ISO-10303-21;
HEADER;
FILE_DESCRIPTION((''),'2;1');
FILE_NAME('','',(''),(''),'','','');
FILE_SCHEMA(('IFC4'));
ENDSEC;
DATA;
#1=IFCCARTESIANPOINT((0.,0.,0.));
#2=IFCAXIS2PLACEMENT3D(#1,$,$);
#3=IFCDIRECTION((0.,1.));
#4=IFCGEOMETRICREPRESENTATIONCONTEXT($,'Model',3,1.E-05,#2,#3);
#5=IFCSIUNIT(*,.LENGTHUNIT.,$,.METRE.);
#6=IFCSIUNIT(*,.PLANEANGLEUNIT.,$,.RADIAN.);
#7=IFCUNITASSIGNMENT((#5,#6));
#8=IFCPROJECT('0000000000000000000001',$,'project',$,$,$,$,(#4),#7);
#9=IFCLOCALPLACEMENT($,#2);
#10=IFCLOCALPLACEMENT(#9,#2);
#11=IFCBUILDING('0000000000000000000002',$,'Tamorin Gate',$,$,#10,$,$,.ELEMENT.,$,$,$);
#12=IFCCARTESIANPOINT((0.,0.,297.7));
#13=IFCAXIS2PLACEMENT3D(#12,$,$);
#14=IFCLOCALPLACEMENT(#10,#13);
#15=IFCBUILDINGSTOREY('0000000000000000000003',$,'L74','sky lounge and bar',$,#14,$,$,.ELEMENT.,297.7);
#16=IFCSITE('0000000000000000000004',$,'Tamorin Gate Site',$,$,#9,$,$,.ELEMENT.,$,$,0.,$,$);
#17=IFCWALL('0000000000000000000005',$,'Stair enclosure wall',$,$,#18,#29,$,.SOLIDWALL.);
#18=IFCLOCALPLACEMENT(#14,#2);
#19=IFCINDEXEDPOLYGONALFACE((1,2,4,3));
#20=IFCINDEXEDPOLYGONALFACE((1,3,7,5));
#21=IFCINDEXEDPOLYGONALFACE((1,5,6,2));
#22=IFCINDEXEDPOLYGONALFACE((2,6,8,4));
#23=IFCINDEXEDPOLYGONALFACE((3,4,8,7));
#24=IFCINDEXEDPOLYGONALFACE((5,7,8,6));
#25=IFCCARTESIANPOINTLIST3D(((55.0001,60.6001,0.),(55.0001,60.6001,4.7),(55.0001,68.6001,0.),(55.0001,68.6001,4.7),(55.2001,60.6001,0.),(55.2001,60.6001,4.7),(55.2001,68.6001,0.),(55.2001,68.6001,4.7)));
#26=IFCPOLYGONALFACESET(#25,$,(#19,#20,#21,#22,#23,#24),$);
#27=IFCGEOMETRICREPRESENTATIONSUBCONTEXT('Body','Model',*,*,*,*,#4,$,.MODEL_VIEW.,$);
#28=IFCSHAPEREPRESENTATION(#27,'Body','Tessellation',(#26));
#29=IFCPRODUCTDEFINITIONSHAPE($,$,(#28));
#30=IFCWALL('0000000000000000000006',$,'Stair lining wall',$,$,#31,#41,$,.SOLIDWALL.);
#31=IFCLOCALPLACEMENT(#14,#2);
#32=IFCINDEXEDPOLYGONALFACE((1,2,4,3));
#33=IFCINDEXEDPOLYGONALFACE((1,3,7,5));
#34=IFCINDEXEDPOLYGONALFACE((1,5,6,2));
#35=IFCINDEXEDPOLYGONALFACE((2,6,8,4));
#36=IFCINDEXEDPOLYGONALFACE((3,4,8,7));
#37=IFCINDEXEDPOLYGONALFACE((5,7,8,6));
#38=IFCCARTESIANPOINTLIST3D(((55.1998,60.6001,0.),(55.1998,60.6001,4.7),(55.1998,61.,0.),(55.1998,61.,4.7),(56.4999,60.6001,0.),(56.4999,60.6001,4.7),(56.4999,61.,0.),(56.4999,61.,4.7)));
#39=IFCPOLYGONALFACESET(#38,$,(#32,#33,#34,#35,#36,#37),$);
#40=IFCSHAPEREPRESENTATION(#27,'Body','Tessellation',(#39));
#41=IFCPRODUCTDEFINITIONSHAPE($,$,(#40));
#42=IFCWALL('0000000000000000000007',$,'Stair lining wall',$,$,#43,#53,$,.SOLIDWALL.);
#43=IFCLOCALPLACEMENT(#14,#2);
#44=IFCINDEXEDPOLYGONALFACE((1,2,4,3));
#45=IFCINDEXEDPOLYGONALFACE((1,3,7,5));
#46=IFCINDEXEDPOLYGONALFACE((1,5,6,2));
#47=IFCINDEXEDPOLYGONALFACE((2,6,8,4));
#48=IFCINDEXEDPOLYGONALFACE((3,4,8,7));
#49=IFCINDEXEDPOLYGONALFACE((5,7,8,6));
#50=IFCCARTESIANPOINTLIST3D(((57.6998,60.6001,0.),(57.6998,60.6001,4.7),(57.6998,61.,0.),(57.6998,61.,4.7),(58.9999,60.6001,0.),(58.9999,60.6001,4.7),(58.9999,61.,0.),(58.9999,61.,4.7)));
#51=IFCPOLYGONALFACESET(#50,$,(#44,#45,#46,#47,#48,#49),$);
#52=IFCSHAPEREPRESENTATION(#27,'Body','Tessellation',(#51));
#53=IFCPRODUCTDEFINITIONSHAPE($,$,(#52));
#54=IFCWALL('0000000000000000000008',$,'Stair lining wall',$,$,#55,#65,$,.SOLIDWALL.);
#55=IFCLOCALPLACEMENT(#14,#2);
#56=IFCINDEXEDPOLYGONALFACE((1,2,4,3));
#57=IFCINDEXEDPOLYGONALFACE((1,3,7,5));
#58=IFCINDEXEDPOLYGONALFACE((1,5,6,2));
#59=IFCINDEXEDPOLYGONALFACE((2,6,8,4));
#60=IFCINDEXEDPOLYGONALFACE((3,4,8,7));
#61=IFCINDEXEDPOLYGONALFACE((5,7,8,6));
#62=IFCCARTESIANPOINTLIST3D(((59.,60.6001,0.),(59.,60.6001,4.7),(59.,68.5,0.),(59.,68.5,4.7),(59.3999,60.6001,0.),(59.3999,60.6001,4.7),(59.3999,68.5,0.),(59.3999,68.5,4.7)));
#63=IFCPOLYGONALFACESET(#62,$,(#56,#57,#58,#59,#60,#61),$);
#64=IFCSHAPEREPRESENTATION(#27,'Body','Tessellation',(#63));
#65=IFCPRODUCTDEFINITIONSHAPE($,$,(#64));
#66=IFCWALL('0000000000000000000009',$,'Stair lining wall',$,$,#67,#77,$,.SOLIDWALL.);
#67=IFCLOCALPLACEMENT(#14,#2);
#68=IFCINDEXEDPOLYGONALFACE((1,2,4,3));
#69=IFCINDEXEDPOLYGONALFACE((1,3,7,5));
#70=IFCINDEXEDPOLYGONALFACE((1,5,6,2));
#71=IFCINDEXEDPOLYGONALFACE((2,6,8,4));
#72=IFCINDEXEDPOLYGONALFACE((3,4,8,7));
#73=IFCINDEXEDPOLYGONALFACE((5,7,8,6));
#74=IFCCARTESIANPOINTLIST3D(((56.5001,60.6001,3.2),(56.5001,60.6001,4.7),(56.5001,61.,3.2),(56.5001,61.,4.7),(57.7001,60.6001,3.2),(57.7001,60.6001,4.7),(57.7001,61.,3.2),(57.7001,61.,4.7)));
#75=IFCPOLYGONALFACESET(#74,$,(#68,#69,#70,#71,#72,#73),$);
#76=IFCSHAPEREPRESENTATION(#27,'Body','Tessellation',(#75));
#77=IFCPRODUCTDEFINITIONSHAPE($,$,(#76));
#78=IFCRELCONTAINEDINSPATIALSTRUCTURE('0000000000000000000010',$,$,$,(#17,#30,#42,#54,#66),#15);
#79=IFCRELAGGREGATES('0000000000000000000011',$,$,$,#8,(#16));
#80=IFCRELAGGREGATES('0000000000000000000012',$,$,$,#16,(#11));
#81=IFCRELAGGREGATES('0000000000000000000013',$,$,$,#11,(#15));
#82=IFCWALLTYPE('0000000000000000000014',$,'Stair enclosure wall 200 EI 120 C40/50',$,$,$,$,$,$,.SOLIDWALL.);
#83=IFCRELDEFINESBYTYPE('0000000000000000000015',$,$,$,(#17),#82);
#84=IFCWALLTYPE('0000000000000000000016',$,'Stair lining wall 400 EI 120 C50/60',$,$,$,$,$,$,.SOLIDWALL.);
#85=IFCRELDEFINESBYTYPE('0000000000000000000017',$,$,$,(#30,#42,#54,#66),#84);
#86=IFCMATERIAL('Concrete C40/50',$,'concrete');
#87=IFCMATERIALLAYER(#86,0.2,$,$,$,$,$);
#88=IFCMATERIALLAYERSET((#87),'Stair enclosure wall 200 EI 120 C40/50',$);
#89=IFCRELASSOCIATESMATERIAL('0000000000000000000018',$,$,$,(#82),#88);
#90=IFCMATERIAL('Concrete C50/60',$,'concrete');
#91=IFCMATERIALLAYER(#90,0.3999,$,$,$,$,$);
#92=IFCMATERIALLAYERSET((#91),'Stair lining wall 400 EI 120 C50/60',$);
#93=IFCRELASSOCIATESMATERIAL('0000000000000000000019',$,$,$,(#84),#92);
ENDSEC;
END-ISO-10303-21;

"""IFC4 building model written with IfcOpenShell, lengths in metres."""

from ifc_helpers import new_model, si_unit, direction, frame, frame_2d, origin, place, context, subcontext, project, spatial, rectangle, extrude, material, layer, layer_set, type_object, element, save


model = new_model("IFC4")

# Units and contexts
model_context = context("Model", 3, precision=1e-05, world=origin(), true_north=direction((0.0, 1.0)))
body_context = subcontext(model_context, "Body", "Model", "MODEL_VIEW")
ifc_project = project(units=[si_unit("LENGTHUNIT", "METRE"), si_unit("PLANEANGLEUNIT", "RADIAN")], contexts=[model_context])

# Site, building, storey
site_placement = place(None, origin())
site = spatial("IfcSite", under=ifc_project, at=site_placement, Name="Tamorin Gate Site", CompositionType="ELEMENT", RefElevation=0.0)
building_placement = place(site_placement, origin())
building = spatial("IfcBuilding", under=site, at=building_placement, Name="Tamorin Gate", CompositionType="ELEMENT")
storey_placement = place(building_placement, frame((0.0, 0.0, 297.7)))
storey = spatial("IfcBuildingStorey", under=building, at=storey_placement, Name="L74", Description="sky lounge and bar", CompositionType="ELEMENT", Elevation=297.7)

# Shared definitions
ifc_material_1 = material(Name="Concrete C50/60", Category="concrete")

# Walls
ifc_material_2 = material(Name="Concrete C40/50", Category="concrete")
ifc_layer_1 = layer(ifc_material_2, 0.2)
ifc_layer_set_1 = layer_set([ifc_layer_1], Name="Stair enclosure wall 200 EI 120 C40/50")
wall_type_1 = type_object("IfcWallType", Name="Stair enclosure wall 200 EI 120 C40/50", PredefinedType="SOLIDWALL", material=ifc_layer_set_1)
wall_1_placement = place(storey_placement, frame((55.1001, 60.6001, 0.0), z_axis=(0.0, 0.0, 1.0), x_axis=(0.0, 1.0, 0.0)))
element("IfcWall", 1, at=wall_1_placement, inside=storey, type_object=wall_type_1, Name="Stair enclosure wall", PredefinedType="SOLIDWALL", context=body_context, shape_type="SweptSolid", body=[
    extrude(rectangle(XDim=8.0, YDim=0.2, at=frame_2d((4.0, 0.0))), origin(), (0.0, 0.0, 1.0), 4.7),
])
ifc_layer_2 = layer(ifc_material_1, 0.3999)
ifc_layer_set_2 = layer_set([ifc_layer_2], Name="Stair lining wall 400 EI 120 C50/60")
wall_type_2 = type_object("IfcWallType", Name="Stair lining wall 400 EI 120 C50/60", PredefinedType="SOLIDWALL", material=ifc_layer_set_2)
for number, where, z_axis, x_axis, name in (
    (2, (55.2, 60.8, 0.0), (0.0, 0.0, 1.0), (1.0, 0.0, 0.0), "Stair lining wall"),
    (3, (57.7, 60.8, 0.0), (0.0, 0.0, 1.0), (1.0, 0.0, 0.0), "Stair lining wall"),
):
    element("IfcWall", number, at=place(storey_placement, frame(where, z_axis=z_axis, x_axis=x_axis)), inside=storey, type_object=wall_type_2, Name=name, PredefinedType="SOLIDWALL", context=body_context, shape_type="SweptSolid", body=[
        extrude(rectangle(XDim=1.3, YDim=0.3999, at=frame_2d((0.6499, 0.0))), origin(), (0.0, 0.0, 1.0), 4.7),
    ])
wall_2_placement = place(storey_placement, frame((59.2, 60.6001, 0.0), z_axis=(0.0, 0.0, 1.0), x_axis=(0.0, 1.0, 0.0)))
element("IfcWall", 4, at=wall_2_placement, inside=storey, type_object=wall_type_2, Name="Stair lining wall", PredefinedType="SOLIDWALL", context=body_context, shape_type="SweptSolid", body=[
    extrude(rectangle(XDim=7.8999, YDim=0.3999, at=frame_2d((3.95, 0.0))), origin(), (0.0, 0.0, 1.0), 4.7),
])
wall_3_placement = place(storey_placement, frame((56.5, 60.8, 3.2), z_axis=(0.0, 0.0, 1.0), x_axis=(1.0, 0.0, 0.0)))
element("IfcWall", 5, at=wall_3_placement, inside=storey, type_object=wall_type_2, Name="Stair lining wall", PredefinedType="SOLIDWALL", context=body_context, shape_type="SweptSolid", body=[
    extrude(rectangle(XDim=1.2, YDim=0.3999, at=frame_2d((0.6001, 0.0))), origin(), (0.0, 0.0, 1.0), 1.5),
])

save(model, "model.ifc")
